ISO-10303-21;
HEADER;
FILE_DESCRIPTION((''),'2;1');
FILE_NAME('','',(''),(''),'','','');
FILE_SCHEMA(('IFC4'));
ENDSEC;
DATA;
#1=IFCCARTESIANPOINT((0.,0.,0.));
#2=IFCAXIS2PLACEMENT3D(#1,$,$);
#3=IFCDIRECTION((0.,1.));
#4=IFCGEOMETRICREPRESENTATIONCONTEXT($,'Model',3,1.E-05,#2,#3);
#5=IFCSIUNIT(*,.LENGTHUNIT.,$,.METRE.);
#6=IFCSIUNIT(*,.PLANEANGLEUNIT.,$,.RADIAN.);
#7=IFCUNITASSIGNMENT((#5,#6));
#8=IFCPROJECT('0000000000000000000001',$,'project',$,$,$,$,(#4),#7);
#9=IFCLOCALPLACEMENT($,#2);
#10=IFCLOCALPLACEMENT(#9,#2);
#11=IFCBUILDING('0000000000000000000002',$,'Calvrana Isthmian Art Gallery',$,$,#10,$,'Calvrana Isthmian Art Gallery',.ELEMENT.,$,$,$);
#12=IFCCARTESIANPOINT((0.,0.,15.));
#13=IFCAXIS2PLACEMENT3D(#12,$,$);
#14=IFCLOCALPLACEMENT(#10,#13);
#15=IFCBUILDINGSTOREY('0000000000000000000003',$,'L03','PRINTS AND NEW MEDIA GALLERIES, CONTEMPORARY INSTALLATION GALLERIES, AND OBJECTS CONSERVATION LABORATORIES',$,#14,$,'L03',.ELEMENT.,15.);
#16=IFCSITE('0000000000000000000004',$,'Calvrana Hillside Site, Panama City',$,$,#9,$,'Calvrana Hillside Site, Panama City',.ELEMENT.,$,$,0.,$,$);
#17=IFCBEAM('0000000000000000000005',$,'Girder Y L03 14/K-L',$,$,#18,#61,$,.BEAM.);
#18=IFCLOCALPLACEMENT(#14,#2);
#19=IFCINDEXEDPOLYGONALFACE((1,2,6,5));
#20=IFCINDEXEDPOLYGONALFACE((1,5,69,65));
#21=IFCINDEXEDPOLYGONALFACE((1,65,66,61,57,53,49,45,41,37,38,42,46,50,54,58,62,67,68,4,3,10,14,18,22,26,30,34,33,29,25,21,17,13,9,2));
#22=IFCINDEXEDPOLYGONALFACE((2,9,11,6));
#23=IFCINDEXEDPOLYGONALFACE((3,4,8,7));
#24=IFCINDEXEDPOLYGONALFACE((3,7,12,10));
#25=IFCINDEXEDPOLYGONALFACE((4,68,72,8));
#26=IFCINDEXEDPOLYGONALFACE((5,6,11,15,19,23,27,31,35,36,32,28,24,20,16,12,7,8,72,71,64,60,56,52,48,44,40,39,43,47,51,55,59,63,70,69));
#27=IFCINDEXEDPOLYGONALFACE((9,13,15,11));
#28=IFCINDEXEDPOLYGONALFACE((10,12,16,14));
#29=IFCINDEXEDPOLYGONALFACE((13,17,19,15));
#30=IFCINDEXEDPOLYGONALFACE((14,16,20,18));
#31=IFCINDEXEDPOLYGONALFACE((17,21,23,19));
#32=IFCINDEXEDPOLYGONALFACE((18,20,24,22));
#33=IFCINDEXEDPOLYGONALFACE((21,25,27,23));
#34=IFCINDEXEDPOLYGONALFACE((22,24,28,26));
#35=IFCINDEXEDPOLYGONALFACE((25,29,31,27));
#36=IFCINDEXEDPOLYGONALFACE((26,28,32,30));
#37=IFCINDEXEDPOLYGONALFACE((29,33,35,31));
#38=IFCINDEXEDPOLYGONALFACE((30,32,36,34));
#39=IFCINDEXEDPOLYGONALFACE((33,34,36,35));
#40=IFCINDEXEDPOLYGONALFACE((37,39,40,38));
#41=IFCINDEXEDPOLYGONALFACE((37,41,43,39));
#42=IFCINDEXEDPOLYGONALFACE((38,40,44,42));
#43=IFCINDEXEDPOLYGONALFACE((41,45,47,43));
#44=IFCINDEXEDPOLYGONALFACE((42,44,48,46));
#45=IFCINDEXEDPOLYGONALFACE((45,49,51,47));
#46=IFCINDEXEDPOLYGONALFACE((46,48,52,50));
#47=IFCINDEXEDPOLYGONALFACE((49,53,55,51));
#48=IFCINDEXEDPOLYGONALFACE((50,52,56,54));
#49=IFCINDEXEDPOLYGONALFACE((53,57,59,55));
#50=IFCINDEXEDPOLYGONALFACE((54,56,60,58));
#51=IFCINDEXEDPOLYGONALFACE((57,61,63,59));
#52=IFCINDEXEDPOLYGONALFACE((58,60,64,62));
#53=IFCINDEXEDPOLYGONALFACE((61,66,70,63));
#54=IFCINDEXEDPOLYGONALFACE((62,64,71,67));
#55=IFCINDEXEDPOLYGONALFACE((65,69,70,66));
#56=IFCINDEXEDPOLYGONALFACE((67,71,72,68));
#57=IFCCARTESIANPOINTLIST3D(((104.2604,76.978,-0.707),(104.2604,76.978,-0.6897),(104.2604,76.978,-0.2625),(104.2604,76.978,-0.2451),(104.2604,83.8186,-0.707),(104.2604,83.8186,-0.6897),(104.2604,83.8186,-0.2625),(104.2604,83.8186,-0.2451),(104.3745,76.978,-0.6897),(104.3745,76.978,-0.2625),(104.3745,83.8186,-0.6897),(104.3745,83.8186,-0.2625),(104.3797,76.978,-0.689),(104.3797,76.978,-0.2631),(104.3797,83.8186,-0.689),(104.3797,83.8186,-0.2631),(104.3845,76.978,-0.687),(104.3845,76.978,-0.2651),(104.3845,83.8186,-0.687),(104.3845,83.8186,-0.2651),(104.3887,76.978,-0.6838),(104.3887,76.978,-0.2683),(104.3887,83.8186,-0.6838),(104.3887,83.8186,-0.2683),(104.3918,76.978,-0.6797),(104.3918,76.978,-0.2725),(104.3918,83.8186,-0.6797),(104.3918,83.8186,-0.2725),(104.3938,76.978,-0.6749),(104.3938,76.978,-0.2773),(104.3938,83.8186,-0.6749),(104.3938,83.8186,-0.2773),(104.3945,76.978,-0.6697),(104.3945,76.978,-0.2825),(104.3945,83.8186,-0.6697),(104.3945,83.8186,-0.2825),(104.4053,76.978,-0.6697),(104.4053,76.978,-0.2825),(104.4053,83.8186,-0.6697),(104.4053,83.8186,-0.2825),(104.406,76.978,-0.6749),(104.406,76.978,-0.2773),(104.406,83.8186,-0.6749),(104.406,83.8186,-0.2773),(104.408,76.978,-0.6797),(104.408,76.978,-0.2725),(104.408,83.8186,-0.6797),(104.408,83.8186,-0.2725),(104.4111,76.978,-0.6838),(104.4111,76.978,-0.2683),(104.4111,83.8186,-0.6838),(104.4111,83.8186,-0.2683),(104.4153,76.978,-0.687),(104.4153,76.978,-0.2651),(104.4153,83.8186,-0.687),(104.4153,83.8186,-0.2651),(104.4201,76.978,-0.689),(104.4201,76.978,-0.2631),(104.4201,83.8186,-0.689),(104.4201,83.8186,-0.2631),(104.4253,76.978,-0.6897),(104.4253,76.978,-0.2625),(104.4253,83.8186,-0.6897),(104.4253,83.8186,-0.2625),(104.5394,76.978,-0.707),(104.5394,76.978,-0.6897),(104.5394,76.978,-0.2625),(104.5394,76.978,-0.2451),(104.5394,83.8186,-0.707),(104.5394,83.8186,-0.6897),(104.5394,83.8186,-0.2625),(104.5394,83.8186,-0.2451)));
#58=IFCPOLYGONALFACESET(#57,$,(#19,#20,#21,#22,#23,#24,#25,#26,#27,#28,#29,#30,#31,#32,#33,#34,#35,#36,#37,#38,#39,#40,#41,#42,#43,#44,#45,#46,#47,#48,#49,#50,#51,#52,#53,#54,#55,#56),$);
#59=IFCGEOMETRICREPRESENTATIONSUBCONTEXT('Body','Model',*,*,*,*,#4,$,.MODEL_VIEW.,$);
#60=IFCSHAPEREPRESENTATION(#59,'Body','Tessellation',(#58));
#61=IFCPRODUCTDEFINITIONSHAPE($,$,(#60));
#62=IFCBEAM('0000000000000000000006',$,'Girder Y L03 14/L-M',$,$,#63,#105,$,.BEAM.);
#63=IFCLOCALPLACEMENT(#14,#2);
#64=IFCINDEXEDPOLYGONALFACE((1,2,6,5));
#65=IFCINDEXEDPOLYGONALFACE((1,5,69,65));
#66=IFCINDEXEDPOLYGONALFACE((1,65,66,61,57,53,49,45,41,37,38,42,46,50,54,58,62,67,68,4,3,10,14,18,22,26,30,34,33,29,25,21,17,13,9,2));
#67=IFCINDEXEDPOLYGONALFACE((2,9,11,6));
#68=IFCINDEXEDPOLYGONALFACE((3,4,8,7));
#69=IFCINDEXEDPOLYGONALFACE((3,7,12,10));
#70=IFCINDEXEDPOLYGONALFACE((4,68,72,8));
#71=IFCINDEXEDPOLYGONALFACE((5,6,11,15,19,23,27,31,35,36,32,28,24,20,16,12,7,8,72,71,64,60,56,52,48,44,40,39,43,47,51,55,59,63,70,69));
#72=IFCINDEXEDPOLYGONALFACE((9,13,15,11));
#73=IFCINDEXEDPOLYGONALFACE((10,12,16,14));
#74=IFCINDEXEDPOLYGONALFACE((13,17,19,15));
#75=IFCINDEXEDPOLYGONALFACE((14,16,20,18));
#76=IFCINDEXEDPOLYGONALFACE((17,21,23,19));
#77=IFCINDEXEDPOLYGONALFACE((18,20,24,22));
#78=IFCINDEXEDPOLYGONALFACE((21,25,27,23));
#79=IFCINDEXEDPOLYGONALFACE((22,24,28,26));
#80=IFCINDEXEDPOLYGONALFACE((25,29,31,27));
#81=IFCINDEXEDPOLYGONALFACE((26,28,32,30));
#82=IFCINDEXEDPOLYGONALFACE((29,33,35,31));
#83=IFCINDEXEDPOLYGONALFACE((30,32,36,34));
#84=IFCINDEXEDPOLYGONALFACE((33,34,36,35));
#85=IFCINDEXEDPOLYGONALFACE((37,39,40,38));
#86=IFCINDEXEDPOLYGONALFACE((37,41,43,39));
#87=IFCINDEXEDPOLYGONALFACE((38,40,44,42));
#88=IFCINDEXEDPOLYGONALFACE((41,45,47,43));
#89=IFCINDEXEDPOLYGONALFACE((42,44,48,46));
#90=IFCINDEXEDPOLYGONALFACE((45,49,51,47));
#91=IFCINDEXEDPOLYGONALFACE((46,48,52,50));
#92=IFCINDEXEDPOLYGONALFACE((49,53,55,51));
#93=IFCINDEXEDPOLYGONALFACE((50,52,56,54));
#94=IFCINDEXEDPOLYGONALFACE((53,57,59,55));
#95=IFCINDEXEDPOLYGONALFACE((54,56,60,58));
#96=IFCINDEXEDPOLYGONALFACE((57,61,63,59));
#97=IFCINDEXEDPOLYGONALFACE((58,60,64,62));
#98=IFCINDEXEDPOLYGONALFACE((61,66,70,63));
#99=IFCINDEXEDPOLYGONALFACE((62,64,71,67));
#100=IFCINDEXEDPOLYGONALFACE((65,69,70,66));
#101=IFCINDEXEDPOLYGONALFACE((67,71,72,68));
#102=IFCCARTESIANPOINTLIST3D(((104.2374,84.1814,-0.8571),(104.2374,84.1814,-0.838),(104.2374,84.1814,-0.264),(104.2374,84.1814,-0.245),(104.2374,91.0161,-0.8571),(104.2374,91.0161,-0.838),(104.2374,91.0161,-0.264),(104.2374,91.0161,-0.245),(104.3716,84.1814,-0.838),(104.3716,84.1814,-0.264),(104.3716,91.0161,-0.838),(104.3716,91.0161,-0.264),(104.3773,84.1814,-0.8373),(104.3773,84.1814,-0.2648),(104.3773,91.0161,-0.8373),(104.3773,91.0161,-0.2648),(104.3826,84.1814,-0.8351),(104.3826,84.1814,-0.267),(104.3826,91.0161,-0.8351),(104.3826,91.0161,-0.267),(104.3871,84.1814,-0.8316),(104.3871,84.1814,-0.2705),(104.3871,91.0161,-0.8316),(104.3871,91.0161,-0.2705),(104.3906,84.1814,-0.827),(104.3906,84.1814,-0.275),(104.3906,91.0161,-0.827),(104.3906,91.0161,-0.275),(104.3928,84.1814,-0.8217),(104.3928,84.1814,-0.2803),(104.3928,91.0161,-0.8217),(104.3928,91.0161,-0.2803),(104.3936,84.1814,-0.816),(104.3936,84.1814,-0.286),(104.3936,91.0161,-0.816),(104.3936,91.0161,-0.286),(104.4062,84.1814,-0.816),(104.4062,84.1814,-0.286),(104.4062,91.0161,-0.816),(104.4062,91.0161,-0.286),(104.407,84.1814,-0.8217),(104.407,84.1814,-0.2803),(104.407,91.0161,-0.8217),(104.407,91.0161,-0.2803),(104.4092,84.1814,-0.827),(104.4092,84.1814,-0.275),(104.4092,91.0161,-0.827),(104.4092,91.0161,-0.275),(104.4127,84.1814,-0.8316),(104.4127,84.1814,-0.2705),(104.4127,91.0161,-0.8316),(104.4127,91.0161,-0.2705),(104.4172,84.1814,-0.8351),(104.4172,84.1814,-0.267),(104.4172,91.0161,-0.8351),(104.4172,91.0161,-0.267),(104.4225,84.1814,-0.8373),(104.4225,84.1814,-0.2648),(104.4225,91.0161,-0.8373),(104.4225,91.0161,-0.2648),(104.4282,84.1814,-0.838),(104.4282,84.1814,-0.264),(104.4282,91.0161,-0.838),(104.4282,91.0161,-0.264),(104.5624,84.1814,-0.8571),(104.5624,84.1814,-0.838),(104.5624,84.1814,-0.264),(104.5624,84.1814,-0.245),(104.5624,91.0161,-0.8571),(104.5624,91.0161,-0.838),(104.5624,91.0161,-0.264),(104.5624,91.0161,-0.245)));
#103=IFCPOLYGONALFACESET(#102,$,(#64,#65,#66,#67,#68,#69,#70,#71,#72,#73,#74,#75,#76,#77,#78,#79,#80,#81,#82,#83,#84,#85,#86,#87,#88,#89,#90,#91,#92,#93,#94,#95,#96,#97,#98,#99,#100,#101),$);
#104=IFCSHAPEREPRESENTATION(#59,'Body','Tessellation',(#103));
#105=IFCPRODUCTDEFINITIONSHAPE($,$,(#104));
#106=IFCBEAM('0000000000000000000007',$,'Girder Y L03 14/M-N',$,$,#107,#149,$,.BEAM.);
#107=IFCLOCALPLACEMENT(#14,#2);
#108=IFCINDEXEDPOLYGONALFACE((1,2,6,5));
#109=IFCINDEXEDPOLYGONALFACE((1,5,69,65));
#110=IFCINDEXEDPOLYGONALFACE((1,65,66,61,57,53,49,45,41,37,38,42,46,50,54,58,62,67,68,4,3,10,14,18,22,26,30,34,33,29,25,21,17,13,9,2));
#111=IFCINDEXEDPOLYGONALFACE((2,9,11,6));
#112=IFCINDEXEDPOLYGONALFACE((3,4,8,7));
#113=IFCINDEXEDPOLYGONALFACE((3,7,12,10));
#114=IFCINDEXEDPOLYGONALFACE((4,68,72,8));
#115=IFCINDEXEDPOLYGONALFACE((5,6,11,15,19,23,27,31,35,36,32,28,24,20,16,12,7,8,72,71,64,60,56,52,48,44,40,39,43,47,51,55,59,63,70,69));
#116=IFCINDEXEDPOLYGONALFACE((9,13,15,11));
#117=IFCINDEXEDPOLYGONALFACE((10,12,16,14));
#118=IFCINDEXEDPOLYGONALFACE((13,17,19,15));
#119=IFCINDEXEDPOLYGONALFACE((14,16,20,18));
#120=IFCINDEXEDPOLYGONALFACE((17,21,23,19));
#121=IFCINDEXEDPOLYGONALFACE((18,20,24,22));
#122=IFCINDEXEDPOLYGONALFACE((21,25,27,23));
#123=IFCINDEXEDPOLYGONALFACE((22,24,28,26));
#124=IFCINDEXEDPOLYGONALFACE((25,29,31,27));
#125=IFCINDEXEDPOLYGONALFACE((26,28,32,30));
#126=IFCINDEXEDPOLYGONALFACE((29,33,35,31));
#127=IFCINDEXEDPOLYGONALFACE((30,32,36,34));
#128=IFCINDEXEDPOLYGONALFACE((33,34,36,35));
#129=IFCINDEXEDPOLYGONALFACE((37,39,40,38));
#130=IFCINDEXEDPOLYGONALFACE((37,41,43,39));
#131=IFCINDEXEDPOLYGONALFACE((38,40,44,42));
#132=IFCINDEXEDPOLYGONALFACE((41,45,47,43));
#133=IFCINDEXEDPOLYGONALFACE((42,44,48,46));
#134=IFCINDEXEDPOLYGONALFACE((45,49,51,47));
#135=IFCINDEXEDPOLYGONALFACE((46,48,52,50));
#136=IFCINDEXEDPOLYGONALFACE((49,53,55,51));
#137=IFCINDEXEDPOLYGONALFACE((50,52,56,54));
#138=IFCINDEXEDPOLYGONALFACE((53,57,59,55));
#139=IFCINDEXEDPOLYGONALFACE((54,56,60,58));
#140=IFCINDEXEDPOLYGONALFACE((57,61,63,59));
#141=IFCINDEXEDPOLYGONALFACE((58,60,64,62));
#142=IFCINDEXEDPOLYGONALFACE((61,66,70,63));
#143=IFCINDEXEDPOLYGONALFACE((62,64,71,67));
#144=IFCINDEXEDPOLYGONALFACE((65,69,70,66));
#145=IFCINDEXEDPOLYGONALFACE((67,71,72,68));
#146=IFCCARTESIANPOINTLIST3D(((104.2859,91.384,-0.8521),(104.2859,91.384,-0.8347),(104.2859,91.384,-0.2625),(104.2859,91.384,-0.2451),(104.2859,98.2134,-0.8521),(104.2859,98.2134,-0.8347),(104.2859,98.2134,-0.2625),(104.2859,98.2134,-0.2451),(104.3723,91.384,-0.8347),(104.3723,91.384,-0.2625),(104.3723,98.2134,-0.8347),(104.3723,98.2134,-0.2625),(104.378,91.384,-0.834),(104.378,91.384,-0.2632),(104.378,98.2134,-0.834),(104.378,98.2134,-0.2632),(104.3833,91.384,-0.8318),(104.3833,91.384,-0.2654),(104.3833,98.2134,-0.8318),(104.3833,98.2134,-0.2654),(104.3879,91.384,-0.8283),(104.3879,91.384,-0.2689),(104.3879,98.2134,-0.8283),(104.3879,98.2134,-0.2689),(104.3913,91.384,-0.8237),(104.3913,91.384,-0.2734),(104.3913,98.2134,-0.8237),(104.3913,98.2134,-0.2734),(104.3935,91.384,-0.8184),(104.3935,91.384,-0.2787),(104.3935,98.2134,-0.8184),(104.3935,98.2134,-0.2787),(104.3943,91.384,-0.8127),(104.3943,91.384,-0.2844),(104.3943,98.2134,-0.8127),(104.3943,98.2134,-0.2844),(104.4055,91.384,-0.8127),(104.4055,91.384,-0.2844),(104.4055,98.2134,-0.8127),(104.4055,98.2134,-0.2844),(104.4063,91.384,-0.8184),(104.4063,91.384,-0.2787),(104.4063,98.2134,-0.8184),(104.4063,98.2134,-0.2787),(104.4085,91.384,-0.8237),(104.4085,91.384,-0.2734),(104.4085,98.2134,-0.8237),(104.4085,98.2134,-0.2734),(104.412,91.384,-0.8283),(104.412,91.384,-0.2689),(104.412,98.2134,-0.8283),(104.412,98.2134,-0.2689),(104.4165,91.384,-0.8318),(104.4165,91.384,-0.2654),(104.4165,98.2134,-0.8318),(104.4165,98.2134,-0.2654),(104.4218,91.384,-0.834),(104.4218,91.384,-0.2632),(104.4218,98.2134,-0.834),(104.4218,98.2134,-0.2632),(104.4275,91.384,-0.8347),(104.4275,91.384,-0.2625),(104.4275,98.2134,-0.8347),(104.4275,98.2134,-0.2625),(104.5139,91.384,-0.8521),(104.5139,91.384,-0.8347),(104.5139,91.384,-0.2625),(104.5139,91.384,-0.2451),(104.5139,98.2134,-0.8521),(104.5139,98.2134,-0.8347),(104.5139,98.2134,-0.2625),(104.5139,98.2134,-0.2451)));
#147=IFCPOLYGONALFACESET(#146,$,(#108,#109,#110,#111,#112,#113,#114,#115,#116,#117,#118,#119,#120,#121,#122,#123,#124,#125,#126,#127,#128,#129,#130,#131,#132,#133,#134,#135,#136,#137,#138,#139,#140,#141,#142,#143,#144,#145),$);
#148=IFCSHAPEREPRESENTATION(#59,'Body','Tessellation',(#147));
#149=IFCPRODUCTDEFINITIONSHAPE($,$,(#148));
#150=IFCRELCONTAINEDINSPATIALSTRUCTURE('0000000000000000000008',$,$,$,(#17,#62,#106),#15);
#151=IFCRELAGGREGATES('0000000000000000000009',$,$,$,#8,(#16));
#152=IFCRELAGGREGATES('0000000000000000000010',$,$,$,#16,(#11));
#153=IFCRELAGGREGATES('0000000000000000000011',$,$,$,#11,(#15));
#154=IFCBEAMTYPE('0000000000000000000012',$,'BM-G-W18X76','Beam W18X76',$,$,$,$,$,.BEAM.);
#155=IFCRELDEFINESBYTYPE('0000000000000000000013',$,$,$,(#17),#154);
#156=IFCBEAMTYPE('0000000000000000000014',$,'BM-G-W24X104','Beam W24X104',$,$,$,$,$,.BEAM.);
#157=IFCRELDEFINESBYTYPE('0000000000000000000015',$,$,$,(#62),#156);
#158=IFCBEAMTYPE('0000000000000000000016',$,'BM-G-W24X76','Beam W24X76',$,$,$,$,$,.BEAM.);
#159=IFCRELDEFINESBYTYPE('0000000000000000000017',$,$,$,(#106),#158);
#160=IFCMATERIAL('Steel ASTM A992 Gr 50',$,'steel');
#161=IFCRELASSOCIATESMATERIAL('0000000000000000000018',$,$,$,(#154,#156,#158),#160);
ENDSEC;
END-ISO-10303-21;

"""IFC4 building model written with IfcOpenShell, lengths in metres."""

from ifc_helpers import new_model, si_unit, direction, frame, origin, origin_2d, place, context, subcontext, project, spatial, i_section, extrude, material, material_profile, profile_set, type_object, element, save


model = new_model("IFC4")

# Units and contexts
model_context = context("Model", 3, precision=1e-05, world=origin(), true_north=direction((0.0, 1.0)))
body_context = subcontext(model_context, "Body", "Model", "MODEL_VIEW")
ifc_project = project(units=[si_unit("LENGTHUNIT", "METRE"), si_unit("PLANEANGLEUNIT", "RADIAN")], contexts=[model_context])

# Site, building, storey
site_placement = place(None, origin())
site = spatial("IfcSite", under=ifc_project, at=site_placement, Name="Calvrana Hillside Site, Panama City", LongName="Calvrana Hillside Site, Panama City", CompositionType="ELEMENT", RefElevation=0.0)
building_placement = place(site_placement, origin())
building = spatial("IfcBuilding", under=site, at=building_placement, Name="Calvrana Isthmian Art Gallery", LongName="Calvrana Isthmian Art Gallery", CompositionType="ELEMENT")
storey_placement = place(building_placement, frame((0.0, 0.0, 15.0)))
storey = spatial("IfcBuildingStorey", under=building, at=storey_placement, Name="L03", Description="PRINTS AND NEW MEDIA GALLERIES, CONTEMPORARY INSTALLATION GALLERIES, AND OBJECTS CONSERVATION LABORATORIES", LongName="L03", CompositionType="ELEMENT", Elevation=15.0)

# Beams
ifc_material_1 = material(Name="Steel ASTM A992 Gr 50", Category="steel")
ifc_material_profile_1 = material_profile(ifc_material_1, i_section(OverallWidth=0.2791, OverallDepth=0.4619, WebThickness=0.0107, FlangeThickness=0.0173, FilletRadius=0.02, at=origin_2d()), Name="W18X76")
ifc_profile_set_1 = profile_set([ifc_material_profile_1], Name="Steel ASTM A992 Gr 50")
beam_type_1 = type_object("IfcBeamType", Name="BM-G-W18X76", Description="Beam W18X76", PredefinedType="BEAM", material=ifc_profile_set_1)
beam_1_placement = place(storey_placement, frame((104.3999, 76.978, -0.4761), z_axis=(0.0, 1.0, 0.0), x_axis=(-1.0, 0.0, 0.0)))
element("IfcBeam", 1, at=beam_1_placement, inside=storey, type_object=beam_type_1, Name="Girder Y L03 14/K-L", PredefinedType="BEAM", context=body_context, shape_type="SweptSolid", body=[
    extrude(i_section(OverallWidth=0.2791, OverallDepth=0.4619, WebThickness=0.0107, FlangeThickness=0.0173, FilletRadius=0.02, at=origin_2d()), origin(), (0.0, 0.0, 1.0), 6.8406),
])
ifc_material_profile_2 = material_profile(ifc_material_1, i_section(OverallWidth=0.325, OverallDepth=0.6121, WebThickness=0.0127, FlangeThickness=0.019, FilletRadius=0.022, at=origin_2d()), Name="W24X104")
ifc_profile_set_2 = profile_set([ifc_material_profile_2], Name="Steel ASTM A992 Gr 50")
beam_type_2 = type_object("IfcBeamType", Name="BM-G-W24X104", Description="Beam W24X104", PredefinedType="BEAM", material=ifc_profile_set_2)
beam_2_placement = place(storey_placement, frame((104.3999, 84.1814, -0.551), z_axis=(0.0, 1.0, 0.0), x_axis=(-1.0, 0.0, 0.0)))
element("IfcBeam", 2, at=beam_2_placement, inside=storey, type_object=beam_type_2, Name="Girder Y L03 14/L-M", PredefinedType="BEAM", context=body_context, shape_type="SweptSolid", body=[
    extrude(i_section(OverallWidth=0.325, OverallDepth=0.6121, WebThickness=0.0127, FlangeThickness=0.019, FilletRadius=0.022, at=origin_2d()), origin(), (0.0, 0.0, 1.0), 6.8347),
])
ifc_material_profile_3 = material_profile(ifc_material_1, i_section(OverallWidth=0.228, OverallDepth=0.6069, WebThickness=0.0112, FlangeThickness=0.0173, FilletRadius=0.022, at=origin_2d()), Name="W24X76")
ifc_profile_set_3 = profile_set([ifc_material_profile_3], Name="Steel ASTM A992 Gr 50")
beam_type_3 = type_object("IfcBeamType", Name="BM-G-W24X76", Description="Beam W24X76", PredefinedType="BEAM", material=ifc_profile_set_3)
beam_3_placement = place(storey_placement, frame((104.3999, 91.384, -0.5486), z_axis=(0.0, 1.0, 0.0), x_axis=(-1.0, 0.0, 0.0)))
element("IfcBeam", 3, at=beam_3_placement, inside=storey, type_object=beam_type_3, Name="Girder Y L03 14/M-N", PredefinedType="BEAM", context=body_context, shape_type="SweptSolid", body=[
    extrude(i_section(OverallWidth=0.228, OverallDepth=0.6069, WebThickness=0.0112, FlangeThickness=0.0173, FilletRadius=0.022, at=origin_2d()), origin(), (0.0, 0.0, 1.0), 6.8293),
])

save(model, "model.ifc")
